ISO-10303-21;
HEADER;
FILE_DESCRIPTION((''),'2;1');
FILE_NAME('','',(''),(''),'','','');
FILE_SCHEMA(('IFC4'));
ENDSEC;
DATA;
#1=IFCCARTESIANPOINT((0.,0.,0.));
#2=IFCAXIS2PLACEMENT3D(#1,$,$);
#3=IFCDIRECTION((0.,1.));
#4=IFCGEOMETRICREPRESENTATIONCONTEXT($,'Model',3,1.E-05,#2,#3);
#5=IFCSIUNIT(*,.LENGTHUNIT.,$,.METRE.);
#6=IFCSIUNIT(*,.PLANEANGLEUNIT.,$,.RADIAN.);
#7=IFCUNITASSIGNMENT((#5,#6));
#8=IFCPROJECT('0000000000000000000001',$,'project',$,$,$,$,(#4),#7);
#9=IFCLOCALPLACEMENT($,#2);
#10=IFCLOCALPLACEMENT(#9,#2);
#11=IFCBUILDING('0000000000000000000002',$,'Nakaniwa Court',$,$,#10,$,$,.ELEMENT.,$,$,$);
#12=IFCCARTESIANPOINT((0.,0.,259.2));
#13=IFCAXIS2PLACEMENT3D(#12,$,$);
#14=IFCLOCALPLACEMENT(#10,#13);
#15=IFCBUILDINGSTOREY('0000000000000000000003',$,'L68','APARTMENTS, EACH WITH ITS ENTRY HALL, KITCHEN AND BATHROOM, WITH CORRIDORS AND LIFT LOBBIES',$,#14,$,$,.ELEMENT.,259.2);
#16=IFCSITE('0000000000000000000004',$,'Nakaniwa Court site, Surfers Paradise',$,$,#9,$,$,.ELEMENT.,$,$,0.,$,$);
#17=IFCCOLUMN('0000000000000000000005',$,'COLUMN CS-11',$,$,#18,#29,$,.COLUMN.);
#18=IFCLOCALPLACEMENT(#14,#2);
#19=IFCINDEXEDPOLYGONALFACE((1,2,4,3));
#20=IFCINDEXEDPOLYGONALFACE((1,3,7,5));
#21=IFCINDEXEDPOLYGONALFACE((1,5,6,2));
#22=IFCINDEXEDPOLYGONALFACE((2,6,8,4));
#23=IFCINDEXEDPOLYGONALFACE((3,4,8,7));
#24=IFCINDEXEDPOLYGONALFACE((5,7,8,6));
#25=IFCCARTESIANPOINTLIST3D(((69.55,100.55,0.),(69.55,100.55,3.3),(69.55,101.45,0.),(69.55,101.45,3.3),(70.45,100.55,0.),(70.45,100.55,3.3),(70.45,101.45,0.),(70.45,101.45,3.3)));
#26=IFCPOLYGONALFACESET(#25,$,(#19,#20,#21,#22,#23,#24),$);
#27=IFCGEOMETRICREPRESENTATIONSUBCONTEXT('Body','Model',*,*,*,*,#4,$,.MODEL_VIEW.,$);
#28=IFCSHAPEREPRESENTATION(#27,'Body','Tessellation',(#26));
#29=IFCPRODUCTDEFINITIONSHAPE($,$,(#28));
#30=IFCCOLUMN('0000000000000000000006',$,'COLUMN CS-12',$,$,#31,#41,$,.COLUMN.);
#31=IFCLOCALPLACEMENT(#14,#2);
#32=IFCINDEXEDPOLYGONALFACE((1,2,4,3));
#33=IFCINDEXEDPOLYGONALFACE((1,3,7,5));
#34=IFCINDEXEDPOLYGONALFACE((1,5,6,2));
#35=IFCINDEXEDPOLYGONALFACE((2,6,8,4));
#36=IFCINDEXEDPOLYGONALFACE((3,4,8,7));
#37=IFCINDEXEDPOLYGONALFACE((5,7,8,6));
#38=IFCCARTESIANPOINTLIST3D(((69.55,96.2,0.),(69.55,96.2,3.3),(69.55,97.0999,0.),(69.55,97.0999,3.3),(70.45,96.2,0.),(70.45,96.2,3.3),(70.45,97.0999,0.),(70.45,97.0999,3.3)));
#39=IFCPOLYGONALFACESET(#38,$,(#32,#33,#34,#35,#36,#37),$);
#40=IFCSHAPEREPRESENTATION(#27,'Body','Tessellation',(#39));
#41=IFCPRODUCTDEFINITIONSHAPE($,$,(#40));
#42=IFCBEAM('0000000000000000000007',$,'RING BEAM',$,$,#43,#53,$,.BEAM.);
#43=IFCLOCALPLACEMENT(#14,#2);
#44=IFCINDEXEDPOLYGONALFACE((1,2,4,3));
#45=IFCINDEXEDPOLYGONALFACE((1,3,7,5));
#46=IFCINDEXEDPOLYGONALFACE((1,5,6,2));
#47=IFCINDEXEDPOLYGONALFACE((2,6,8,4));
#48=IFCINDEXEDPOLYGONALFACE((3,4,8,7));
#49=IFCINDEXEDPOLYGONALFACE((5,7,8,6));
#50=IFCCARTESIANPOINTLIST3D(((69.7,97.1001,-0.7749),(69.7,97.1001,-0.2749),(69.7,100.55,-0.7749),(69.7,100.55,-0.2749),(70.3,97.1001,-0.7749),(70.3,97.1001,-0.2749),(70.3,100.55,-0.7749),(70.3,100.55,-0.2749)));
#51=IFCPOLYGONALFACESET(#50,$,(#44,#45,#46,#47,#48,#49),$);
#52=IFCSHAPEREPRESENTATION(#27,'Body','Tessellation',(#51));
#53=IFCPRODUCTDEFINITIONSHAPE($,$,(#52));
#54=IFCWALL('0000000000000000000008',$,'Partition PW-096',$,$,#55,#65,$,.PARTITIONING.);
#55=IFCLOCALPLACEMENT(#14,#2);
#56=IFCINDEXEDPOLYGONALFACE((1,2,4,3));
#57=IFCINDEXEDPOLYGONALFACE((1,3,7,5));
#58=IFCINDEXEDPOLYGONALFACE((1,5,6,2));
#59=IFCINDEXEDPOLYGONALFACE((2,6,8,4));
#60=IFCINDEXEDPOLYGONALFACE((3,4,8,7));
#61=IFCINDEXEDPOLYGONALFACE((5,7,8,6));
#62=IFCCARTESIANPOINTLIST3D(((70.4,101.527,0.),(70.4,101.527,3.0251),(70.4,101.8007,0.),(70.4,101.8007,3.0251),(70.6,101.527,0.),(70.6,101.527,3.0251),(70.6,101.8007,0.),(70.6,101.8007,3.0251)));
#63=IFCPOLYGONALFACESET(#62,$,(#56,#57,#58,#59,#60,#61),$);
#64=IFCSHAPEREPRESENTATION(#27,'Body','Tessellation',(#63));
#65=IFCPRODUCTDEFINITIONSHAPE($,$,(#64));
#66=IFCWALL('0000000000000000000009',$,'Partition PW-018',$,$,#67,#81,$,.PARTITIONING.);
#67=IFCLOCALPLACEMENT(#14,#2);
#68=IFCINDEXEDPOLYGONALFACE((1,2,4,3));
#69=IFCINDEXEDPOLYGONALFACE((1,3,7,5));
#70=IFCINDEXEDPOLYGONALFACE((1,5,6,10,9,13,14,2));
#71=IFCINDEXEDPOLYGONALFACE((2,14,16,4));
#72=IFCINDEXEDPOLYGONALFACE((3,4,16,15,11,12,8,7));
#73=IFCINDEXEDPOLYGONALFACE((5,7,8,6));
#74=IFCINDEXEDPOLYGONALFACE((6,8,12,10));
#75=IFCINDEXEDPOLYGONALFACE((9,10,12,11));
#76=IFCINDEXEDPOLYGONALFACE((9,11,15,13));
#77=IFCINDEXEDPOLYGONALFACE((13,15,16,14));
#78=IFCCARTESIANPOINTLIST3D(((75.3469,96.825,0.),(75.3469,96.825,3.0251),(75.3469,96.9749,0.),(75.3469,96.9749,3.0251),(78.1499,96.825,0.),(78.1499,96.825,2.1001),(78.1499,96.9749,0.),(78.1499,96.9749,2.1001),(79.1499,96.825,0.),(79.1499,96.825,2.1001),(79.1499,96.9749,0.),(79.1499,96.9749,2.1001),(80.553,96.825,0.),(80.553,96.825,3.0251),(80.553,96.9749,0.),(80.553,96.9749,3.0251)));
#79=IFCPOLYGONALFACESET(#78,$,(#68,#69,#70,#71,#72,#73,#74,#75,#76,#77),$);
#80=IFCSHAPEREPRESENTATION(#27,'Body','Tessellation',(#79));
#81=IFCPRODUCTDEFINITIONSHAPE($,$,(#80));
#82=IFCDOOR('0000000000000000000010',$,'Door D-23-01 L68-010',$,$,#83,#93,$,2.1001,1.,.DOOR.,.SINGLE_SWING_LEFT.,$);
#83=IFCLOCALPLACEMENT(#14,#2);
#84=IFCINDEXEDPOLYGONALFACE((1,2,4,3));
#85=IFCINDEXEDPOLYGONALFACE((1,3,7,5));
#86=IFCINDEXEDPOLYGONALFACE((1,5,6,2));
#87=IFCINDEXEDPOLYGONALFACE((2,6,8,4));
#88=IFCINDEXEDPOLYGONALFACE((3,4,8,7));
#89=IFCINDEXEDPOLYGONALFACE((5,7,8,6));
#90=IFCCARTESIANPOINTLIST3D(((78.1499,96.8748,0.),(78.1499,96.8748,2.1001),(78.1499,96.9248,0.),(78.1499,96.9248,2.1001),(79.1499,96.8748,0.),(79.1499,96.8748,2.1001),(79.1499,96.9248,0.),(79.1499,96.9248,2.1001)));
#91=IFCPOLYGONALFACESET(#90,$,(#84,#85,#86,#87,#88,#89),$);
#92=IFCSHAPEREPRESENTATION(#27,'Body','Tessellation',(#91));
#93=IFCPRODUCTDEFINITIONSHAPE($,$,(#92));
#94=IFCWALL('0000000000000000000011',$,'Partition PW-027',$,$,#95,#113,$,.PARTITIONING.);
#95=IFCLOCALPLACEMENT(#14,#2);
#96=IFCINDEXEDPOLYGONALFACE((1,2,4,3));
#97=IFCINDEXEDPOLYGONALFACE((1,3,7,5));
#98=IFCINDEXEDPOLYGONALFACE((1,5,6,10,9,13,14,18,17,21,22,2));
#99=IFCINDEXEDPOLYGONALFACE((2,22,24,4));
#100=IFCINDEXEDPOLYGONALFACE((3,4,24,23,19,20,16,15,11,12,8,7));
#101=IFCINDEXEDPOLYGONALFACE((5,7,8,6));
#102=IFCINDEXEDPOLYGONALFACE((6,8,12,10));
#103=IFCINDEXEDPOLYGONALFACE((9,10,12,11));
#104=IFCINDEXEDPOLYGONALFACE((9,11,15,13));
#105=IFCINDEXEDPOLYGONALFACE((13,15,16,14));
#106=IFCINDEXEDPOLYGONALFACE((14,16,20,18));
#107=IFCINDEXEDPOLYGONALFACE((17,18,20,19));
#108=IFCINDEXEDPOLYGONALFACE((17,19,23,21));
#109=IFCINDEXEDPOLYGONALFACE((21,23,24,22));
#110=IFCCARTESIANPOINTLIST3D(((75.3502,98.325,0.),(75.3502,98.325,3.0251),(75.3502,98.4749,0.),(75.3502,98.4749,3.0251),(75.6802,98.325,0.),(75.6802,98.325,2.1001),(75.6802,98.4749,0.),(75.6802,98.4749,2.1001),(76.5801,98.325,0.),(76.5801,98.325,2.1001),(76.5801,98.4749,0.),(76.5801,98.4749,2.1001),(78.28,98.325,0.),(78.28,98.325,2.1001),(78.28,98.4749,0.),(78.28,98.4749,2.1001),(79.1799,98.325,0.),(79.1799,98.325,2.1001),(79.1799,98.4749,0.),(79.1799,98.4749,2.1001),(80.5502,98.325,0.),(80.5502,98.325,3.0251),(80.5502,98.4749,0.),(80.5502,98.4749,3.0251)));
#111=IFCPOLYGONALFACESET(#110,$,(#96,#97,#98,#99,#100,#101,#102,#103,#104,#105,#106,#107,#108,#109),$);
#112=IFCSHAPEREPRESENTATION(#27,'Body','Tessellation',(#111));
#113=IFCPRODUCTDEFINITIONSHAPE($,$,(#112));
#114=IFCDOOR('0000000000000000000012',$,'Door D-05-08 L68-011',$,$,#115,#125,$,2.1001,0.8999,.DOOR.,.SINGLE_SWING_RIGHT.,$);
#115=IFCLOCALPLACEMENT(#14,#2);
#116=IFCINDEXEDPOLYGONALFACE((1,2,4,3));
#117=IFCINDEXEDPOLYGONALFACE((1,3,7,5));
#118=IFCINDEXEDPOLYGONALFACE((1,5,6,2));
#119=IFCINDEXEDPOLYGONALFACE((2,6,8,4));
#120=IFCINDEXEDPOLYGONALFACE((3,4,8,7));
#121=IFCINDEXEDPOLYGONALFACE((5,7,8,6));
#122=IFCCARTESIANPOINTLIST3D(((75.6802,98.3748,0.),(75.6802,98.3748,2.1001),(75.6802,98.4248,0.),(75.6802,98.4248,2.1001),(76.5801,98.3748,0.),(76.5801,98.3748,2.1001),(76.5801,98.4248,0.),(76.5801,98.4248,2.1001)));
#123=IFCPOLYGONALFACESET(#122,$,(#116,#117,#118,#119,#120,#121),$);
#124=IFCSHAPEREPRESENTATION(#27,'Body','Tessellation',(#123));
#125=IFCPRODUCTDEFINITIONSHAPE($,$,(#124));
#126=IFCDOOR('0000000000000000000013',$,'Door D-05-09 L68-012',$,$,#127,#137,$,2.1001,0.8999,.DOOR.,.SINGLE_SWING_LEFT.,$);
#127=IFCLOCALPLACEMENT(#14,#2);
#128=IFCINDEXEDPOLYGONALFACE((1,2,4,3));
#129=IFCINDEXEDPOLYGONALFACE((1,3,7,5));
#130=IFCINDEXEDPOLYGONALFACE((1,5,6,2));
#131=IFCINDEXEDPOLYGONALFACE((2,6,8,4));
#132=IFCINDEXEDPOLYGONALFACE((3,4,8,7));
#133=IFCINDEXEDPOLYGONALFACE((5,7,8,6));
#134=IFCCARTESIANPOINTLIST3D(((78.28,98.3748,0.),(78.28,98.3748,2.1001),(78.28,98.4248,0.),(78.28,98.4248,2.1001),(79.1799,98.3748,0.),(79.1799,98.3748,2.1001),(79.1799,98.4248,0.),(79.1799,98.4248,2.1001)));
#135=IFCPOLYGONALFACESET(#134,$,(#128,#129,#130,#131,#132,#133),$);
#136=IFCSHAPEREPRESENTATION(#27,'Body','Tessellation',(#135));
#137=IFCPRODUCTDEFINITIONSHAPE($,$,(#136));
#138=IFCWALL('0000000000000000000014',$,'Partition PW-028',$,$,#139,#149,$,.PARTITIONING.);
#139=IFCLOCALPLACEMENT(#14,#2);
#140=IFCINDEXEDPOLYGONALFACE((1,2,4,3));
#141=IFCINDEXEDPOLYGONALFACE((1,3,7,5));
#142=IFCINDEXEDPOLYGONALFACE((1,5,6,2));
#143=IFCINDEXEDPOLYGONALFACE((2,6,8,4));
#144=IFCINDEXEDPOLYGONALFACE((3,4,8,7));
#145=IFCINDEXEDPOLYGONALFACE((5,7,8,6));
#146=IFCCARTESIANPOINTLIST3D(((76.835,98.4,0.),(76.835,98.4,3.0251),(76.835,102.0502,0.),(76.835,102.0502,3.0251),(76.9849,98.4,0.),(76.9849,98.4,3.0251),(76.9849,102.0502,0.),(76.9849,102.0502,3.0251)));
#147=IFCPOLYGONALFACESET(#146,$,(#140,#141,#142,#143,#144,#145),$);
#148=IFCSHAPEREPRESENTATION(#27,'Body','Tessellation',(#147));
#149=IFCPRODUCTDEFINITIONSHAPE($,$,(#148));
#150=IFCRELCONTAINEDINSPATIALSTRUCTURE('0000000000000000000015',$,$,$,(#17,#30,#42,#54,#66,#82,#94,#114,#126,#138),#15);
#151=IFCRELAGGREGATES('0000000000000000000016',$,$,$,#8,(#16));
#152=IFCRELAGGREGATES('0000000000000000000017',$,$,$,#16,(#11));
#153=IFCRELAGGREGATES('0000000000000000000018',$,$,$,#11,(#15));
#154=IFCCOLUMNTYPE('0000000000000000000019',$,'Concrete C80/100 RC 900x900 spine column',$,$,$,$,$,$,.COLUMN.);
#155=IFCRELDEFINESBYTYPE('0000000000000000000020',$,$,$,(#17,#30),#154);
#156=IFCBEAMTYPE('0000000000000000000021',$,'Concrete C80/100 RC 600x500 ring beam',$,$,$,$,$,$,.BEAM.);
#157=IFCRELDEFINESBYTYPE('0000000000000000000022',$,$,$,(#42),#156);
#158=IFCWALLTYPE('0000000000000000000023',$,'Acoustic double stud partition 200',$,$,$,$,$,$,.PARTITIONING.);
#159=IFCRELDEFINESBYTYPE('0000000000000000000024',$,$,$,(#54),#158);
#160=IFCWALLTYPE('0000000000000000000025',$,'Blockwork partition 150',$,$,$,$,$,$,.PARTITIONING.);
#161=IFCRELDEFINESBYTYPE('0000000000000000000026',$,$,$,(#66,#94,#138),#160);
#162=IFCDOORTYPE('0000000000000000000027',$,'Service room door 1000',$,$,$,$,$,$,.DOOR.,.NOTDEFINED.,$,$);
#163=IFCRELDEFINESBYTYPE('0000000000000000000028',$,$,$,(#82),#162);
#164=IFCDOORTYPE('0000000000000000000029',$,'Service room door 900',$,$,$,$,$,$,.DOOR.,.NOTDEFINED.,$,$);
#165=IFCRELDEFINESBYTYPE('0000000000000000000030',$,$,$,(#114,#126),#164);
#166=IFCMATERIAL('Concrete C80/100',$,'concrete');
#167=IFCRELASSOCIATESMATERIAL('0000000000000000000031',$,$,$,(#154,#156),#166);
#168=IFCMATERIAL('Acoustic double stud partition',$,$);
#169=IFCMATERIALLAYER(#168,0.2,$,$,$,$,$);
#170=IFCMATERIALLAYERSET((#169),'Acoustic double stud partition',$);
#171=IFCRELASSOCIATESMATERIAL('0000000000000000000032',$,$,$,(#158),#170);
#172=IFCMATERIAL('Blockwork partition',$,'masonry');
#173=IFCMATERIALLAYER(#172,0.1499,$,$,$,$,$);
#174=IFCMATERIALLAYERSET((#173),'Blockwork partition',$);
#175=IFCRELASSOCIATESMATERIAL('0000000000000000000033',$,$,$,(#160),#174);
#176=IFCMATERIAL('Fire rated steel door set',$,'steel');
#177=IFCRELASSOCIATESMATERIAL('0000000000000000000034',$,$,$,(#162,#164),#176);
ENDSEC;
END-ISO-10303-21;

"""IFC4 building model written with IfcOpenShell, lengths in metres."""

from ifc_helpers import new_model, si_unit, direction, frame, frame_2d, origin, origin_2d, place, context, subcontext, project, spatial, rectangle, extrude, material, layer, layer_set, material_profile, profile_set, type_object, element, fill, save


model = new_model("IFC4")

# Units and contexts
model_context = context("Model", 3, precision=1e-05, world=origin(), true_north=direction((0.0, 1.0)))
body_context = subcontext(model_context, "Body", "Model", "MODEL_VIEW")
ifc_project = project(units=[si_unit("LENGTHUNIT", "METRE"), si_unit("PLANEANGLEUNIT", "RADIAN")], contexts=[model_context])

# Site, building, storey
site_placement = place(None, origin())
site = spatial("IfcSite", under=ifc_project, at=site_placement, Name="Nakaniwa Court site, Surfers Paradise", CompositionType="ELEMENT", RefElevation=0.0)
building_placement = place(site_placement, origin())
building = spatial("IfcBuilding", under=site, at=building_placement, Name="Nakaniwa Court", CompositionType="ELEMENT")
storey_placement = place(building_placement, frame((0.0, 0.0, 259.2)))
storey = spatial("IfcBuildingStorey", under=building, at=storey_placement, Name="L68", Description="APARTMENTS, EACH WITH ITS ENTRY HALL, KITCHEN AND BATHROOM, WITH CORRIDORS AND LIFT LOBBIES", CompositionType="ELEMENT", Elevation=259.2)

# Columns
ifc_material_1 = material(Name="Concrete C80/100", Category="concrete")
ifc_material_profile_1 = material_profile(ifc_material_1, rectangle(XDim=0.8999, YDim=0.8999, at=origin_2d()), Name="Concrete C80/100 RC 900x900 spine column")
ifc_profile_set_1 = profile_set([ifc_material_profile_1], Name="Concrete C80/100")
column_type = type_object("IfcColumnType", Name="Concrete C80/100 RC 900x900 spine column", PredefinedType="COLUMN", material=ifc_profile_set_1)
for number, where, z_axis, x_axis, name in (
    (1, (70.0, 101.0, 0.0), (0.0, 0.0, 1.0), (0.0, -1.0, 0.0), "COLUMN CS-11"),
    (2, (70.0, 96.6499, 0.0), (0.0, 0.0, 1.0), (0.0, -1.0, 0.0), "COLUMN CS-12"),
):
    element("IfcColumn", number, at=place(storey_placement, frame(where, z_axis=z_axis, x_axis=x_axis)), inside=storey, type_object=column_type, Name=name, PredefinedType="COLUMN", context=body_context, shape_type="SweptSolid", body=[
        extrude(rectangle(XDim=0.8999, YDim=0.8999, at=origin_2d()), origin(), (0.0, 0.0, 1.0), 3.3),
    ])

# Beam
ifc_material_profile_2 = material_profile(ifc_material_1, rectangle(XDim=0.6001, YDim=0.5, at=origin_2d()), Name="Concrete C80/100 RC 600x500 ring beam")
ifc_profile_set_2 = profile_set([ifc_material_profile_2], Name="Concrete C80/100")
beam_type = type_object("IfcBeamType", Name="Concrete C80/100 RC 600x500 ring beam", PredefinedType="BEAM", material=ifc_profile_set_2)
beam_placement = place(storey_placement, frame((70.0, 100.55, -0.5249), z_axis=(0.0, -1.0, 0.0), x_axis=(1.0, 0.0, 0.0)))
element("IfcBeam", 3, at=beam_placement, inside=storey, type_object=beam_type, Name="RING BEAM", PredefinedType="BEAM", context=body_context, shape_type="SweptSolid", body=[
    extrude(rectangle(XDim=0.6001, YDim=0.5, at=origin_2d()), origin(), (0.0, 0.0, 1.0), 3.45),
])

# Wall
ifc_material_2 = material(Name="Acoustic double stud partition")
ifc_layer_1 = layer(ifc_material_2, 0.2)
ifc_layer_set_1 = layer_set([ifc_layer_1], Name="Acoustic double stud partition")
wall_type_1 = type_object("IfcWallType", Name="Acoustic double stud partition 200", PredefinedType="PARTITIONING", material=ifc_layer_set_1)
wall_1_placement = place(storey_placement, frame((70.5, 101.5271, 0.0), z_axis=(0.0, 0.0, 1.0), x_axis=(0.0, 1.0, 0.0)))
element("IfcWall", 4, at=wall_1_placement, inside=storey, type_object=wall_type_1, Name="Partition PW-096", PredefinedType="PARTITIONING", context=body_context, shape_type="SweptSolid", body=[
    extrude(rectangle(XDim=0.2737, YDim=0.2, at=frame_2d((0.1367, 0.0))), origin(), (0.0, 0.0, 1.0), 3.0251),
])

# Wall, opening, door
ifc_material_3 = material(Name="Blockwork partition", Category="masonry")
ifc_layer_2 = layer(ifc_material_3, 0.1499)
ifc_layer_set_2 = layer_set([ifc_layer_2], Name="Blockwork partition")
wall_type_2 = type_object("IfcWallType", Name="Blockwork partition 150", PredefinedType="PARTITIONING", material=ifc_layer_set_2)
wall_2_placement = place(storey_placement, frame((75.3469, 96.8999, 0.0), z_axis=(0.0, 0.0, 1.0), x_axis=(1.0, 0.0, 0.0)))
wall_2 = element("IfcWall", 5, at=wall_2_placement, inside=storey, type_object=wall_type_2, Name="Partition PW-018", PredefinedType="PARTITIONING", context=body_context, shape_type="SweptSolid", body=[
    extrude(rectangle(XDim=5.2061, YDim=0.1499, at=frame_2d((2.603, 0.0))), origin(), (0.0, 0.0, 1.0), 3.0251),
])
opening_1_placement = place(wall_2_placement, frame((2.803, 0.0, 0.0)))
opening_1 = element("IfcOpeningElement", 6, at=opening_1_placement, cuts=wall_2, PredefinedType="OPENING", context=body_context, shape_type="SweptSolid", body=[
    extrude(rectangle(XDim=1.0, YDim=2.1001, at=frame_2d((0.5, 1.05))), frame((0.0, 0.085, 0.0), z_axis=(0.0, -1.0, 0.0), x_axis=(1.0, 0.0, 0.0)), (0.0, 0.0, 1.0), 0.1699),
])
ifc_material_4 = material(Name="Fire rated steel door set", Category="steel")
door_type_1 = type_object("IfcDoorType", Name="Service room door 1000", OperationType="NOTDEFINED", PredefinedType="DOOR", material=ifc_material_4)
door_1_placement = place(opening_1_placement, origin())
door_1 = element("IfcDoor", 7, at=door_1_placement, inside=storey, type_object=door_type_1, Name="Door D-23-01 L68-010", OperationType="SINGLE_SWING_LEFT", OverallHeight=2.1001, OverallWidth=1.0, PredefinedType="DOOR", context=body_context, shape_type="SweptSolid", body=[
    extrude(rectangle(XDim=1.0, YDim=2.1001, at=frame_2d((0.5, 1.05))), frame((0.0, 0.0249, 0.0), z_axis=(0.0, -1.0, 0.0), x_axis=(1.0, 0.0, 0.0)), (0.0, 0.0, 1.0), 0.05),
])
fill(opening_1, door_1)

# Wall, openings, doors
wall_3_placement = place(storey_placement, frame((75.3501, 98.3999, 0.0), z_axis=(0.0, 0.0, 1.0), x_axis=(1.0, 0.0, 0.0)))
wall_3 = element("IfcWall", 8, at=wall_3_placement, inside=storey, type_object=wall_type_2, Name="Partition PW-027", PredefinedType="PARTITIONING", context=body_context, shape_type="SweptSolid", body=[
    extrude(rectangle(XDim=5.2, YDim=0.1499, at=frame_2d((2.6001, 0.0))), origin(), (0.0, 0.0, 1.0), 3.0251),
])
opening_2_placement = place(wall_3_placement, frame((0.3301, 0.0, 0.0)))
opening_2 = element("IfcOpeningElement", 9, at=opening_2_placement, cuts=wall_3, PredefinedType="OPENING", context=body_context, shape_type="SweptSolid", body=[
    extrude(rectangle(XDim=0.8999, YDim=2.1001, at=frame_2d((0.45, 1.05))), frame((0.0, 0.085, 0.0), z_axis=(0.0, -1.0, 0.0), x_axis=(1.0, 0.0, 0.0)), (0.0, 0.0, 1.0), 0.1699),
])
opening_3_placement = place(wall_3_placement, frame((2.9299, 0.0, 0.0)))
opening_3 = element("IfcOpeningElement", 10, at=opening_3_placement, cuts=wall_3, PredefinedType="OPENING", context=body_context, shape_type="SweptSolid", body=[
    extrude(rectangle(XDim=0.8999, YDim=2.1001, at=frame_2d((0.45, 1.05))), frame((0.0, 0.085, 0.0), z_axis=(0.0, -1.0, 0.0), x_axis=(1.0, 0.0, 0.0)), (0.0, 0.0, 1.0), 0.1699),
])
door_type_2 = type_object("IfcDoorType", Name="Service room door 900", OperationType="NOTDEFINED", PredefinedType="DOOR", material=ifc_material_4)
door_2_placement = place(opening_2_placement, origin())
door_2 = element("IfcDoor", 11, at=door_2_placement, inside=storey, type_object=door_type_2, Name="Door D-05-08 L68-011", OperationType="SINGLE_SWING_RIGHT", OverallHeight=2.1001, OverallWidth=0.8999, PredefinedType="DOOR", context=body_context, shape_type="SweptSolid", body=[
    extrude(rectangle(XDim=0.8999, YDim=2.1001, at=frame_2d((0.45, 1.05))), frame((0.0, 0.0249, 0.0), z_axis=(0.0, -1.0, 0.0), x_axis=(1.0, 0.0, 0.0)), (0.0, 0.0, 1.0), 0.05),
])
fill(opening_2, door_2)
door_3_placement = place(opening_3_placement, origin())
door_3 = element("IfcDoor", 12, at=door_3_placement, inside=storey, type_object=door_type_2, Name="Door D-05-09 L68-012", OperationType="SINGLE_SWING_LEFT", OverallHeight=2.1001, OverallWidth=0.8999, PredefinedType="DOOR", context=body_context, shape_type="SweptSolid", body=[
    extrude(rectangle(XDim=0.8999, YDim=2.1001, at=frame_2d((0.45, 1.05))), frame((0.0, 0.0249, 0.0), z_axis=(0.0, -1.0, 0.0), x_axis=(1.0, 0.0, 0.0)), (0.0, 0.0, 1.0), 0.05),
])
fill(opening_3, door_3)

# Wall
wall_4_placement = place(storey_placement, frame((76.9099, 98.3999, 0.0), z_axis=(0.0, 0.0, 1.0), x_axis=(0.0, 1.0, 0.0)))
element("IfcWall", 13, at=wall_4_placement, inside=storey, type_object=wall_type_2, Name="Partition PW-028", PredefinedType="PARTITIONING", context=body_context, shape_type="SweptSolid", body=[
    extrude(rectangle(XDim=3.6501, YDim=0.1499, at=frame_2d((1.8252, 0.0))), origin(), (0.0, 0.0, 1.0), 3.0251),
])

save(model, "model.ifc")
